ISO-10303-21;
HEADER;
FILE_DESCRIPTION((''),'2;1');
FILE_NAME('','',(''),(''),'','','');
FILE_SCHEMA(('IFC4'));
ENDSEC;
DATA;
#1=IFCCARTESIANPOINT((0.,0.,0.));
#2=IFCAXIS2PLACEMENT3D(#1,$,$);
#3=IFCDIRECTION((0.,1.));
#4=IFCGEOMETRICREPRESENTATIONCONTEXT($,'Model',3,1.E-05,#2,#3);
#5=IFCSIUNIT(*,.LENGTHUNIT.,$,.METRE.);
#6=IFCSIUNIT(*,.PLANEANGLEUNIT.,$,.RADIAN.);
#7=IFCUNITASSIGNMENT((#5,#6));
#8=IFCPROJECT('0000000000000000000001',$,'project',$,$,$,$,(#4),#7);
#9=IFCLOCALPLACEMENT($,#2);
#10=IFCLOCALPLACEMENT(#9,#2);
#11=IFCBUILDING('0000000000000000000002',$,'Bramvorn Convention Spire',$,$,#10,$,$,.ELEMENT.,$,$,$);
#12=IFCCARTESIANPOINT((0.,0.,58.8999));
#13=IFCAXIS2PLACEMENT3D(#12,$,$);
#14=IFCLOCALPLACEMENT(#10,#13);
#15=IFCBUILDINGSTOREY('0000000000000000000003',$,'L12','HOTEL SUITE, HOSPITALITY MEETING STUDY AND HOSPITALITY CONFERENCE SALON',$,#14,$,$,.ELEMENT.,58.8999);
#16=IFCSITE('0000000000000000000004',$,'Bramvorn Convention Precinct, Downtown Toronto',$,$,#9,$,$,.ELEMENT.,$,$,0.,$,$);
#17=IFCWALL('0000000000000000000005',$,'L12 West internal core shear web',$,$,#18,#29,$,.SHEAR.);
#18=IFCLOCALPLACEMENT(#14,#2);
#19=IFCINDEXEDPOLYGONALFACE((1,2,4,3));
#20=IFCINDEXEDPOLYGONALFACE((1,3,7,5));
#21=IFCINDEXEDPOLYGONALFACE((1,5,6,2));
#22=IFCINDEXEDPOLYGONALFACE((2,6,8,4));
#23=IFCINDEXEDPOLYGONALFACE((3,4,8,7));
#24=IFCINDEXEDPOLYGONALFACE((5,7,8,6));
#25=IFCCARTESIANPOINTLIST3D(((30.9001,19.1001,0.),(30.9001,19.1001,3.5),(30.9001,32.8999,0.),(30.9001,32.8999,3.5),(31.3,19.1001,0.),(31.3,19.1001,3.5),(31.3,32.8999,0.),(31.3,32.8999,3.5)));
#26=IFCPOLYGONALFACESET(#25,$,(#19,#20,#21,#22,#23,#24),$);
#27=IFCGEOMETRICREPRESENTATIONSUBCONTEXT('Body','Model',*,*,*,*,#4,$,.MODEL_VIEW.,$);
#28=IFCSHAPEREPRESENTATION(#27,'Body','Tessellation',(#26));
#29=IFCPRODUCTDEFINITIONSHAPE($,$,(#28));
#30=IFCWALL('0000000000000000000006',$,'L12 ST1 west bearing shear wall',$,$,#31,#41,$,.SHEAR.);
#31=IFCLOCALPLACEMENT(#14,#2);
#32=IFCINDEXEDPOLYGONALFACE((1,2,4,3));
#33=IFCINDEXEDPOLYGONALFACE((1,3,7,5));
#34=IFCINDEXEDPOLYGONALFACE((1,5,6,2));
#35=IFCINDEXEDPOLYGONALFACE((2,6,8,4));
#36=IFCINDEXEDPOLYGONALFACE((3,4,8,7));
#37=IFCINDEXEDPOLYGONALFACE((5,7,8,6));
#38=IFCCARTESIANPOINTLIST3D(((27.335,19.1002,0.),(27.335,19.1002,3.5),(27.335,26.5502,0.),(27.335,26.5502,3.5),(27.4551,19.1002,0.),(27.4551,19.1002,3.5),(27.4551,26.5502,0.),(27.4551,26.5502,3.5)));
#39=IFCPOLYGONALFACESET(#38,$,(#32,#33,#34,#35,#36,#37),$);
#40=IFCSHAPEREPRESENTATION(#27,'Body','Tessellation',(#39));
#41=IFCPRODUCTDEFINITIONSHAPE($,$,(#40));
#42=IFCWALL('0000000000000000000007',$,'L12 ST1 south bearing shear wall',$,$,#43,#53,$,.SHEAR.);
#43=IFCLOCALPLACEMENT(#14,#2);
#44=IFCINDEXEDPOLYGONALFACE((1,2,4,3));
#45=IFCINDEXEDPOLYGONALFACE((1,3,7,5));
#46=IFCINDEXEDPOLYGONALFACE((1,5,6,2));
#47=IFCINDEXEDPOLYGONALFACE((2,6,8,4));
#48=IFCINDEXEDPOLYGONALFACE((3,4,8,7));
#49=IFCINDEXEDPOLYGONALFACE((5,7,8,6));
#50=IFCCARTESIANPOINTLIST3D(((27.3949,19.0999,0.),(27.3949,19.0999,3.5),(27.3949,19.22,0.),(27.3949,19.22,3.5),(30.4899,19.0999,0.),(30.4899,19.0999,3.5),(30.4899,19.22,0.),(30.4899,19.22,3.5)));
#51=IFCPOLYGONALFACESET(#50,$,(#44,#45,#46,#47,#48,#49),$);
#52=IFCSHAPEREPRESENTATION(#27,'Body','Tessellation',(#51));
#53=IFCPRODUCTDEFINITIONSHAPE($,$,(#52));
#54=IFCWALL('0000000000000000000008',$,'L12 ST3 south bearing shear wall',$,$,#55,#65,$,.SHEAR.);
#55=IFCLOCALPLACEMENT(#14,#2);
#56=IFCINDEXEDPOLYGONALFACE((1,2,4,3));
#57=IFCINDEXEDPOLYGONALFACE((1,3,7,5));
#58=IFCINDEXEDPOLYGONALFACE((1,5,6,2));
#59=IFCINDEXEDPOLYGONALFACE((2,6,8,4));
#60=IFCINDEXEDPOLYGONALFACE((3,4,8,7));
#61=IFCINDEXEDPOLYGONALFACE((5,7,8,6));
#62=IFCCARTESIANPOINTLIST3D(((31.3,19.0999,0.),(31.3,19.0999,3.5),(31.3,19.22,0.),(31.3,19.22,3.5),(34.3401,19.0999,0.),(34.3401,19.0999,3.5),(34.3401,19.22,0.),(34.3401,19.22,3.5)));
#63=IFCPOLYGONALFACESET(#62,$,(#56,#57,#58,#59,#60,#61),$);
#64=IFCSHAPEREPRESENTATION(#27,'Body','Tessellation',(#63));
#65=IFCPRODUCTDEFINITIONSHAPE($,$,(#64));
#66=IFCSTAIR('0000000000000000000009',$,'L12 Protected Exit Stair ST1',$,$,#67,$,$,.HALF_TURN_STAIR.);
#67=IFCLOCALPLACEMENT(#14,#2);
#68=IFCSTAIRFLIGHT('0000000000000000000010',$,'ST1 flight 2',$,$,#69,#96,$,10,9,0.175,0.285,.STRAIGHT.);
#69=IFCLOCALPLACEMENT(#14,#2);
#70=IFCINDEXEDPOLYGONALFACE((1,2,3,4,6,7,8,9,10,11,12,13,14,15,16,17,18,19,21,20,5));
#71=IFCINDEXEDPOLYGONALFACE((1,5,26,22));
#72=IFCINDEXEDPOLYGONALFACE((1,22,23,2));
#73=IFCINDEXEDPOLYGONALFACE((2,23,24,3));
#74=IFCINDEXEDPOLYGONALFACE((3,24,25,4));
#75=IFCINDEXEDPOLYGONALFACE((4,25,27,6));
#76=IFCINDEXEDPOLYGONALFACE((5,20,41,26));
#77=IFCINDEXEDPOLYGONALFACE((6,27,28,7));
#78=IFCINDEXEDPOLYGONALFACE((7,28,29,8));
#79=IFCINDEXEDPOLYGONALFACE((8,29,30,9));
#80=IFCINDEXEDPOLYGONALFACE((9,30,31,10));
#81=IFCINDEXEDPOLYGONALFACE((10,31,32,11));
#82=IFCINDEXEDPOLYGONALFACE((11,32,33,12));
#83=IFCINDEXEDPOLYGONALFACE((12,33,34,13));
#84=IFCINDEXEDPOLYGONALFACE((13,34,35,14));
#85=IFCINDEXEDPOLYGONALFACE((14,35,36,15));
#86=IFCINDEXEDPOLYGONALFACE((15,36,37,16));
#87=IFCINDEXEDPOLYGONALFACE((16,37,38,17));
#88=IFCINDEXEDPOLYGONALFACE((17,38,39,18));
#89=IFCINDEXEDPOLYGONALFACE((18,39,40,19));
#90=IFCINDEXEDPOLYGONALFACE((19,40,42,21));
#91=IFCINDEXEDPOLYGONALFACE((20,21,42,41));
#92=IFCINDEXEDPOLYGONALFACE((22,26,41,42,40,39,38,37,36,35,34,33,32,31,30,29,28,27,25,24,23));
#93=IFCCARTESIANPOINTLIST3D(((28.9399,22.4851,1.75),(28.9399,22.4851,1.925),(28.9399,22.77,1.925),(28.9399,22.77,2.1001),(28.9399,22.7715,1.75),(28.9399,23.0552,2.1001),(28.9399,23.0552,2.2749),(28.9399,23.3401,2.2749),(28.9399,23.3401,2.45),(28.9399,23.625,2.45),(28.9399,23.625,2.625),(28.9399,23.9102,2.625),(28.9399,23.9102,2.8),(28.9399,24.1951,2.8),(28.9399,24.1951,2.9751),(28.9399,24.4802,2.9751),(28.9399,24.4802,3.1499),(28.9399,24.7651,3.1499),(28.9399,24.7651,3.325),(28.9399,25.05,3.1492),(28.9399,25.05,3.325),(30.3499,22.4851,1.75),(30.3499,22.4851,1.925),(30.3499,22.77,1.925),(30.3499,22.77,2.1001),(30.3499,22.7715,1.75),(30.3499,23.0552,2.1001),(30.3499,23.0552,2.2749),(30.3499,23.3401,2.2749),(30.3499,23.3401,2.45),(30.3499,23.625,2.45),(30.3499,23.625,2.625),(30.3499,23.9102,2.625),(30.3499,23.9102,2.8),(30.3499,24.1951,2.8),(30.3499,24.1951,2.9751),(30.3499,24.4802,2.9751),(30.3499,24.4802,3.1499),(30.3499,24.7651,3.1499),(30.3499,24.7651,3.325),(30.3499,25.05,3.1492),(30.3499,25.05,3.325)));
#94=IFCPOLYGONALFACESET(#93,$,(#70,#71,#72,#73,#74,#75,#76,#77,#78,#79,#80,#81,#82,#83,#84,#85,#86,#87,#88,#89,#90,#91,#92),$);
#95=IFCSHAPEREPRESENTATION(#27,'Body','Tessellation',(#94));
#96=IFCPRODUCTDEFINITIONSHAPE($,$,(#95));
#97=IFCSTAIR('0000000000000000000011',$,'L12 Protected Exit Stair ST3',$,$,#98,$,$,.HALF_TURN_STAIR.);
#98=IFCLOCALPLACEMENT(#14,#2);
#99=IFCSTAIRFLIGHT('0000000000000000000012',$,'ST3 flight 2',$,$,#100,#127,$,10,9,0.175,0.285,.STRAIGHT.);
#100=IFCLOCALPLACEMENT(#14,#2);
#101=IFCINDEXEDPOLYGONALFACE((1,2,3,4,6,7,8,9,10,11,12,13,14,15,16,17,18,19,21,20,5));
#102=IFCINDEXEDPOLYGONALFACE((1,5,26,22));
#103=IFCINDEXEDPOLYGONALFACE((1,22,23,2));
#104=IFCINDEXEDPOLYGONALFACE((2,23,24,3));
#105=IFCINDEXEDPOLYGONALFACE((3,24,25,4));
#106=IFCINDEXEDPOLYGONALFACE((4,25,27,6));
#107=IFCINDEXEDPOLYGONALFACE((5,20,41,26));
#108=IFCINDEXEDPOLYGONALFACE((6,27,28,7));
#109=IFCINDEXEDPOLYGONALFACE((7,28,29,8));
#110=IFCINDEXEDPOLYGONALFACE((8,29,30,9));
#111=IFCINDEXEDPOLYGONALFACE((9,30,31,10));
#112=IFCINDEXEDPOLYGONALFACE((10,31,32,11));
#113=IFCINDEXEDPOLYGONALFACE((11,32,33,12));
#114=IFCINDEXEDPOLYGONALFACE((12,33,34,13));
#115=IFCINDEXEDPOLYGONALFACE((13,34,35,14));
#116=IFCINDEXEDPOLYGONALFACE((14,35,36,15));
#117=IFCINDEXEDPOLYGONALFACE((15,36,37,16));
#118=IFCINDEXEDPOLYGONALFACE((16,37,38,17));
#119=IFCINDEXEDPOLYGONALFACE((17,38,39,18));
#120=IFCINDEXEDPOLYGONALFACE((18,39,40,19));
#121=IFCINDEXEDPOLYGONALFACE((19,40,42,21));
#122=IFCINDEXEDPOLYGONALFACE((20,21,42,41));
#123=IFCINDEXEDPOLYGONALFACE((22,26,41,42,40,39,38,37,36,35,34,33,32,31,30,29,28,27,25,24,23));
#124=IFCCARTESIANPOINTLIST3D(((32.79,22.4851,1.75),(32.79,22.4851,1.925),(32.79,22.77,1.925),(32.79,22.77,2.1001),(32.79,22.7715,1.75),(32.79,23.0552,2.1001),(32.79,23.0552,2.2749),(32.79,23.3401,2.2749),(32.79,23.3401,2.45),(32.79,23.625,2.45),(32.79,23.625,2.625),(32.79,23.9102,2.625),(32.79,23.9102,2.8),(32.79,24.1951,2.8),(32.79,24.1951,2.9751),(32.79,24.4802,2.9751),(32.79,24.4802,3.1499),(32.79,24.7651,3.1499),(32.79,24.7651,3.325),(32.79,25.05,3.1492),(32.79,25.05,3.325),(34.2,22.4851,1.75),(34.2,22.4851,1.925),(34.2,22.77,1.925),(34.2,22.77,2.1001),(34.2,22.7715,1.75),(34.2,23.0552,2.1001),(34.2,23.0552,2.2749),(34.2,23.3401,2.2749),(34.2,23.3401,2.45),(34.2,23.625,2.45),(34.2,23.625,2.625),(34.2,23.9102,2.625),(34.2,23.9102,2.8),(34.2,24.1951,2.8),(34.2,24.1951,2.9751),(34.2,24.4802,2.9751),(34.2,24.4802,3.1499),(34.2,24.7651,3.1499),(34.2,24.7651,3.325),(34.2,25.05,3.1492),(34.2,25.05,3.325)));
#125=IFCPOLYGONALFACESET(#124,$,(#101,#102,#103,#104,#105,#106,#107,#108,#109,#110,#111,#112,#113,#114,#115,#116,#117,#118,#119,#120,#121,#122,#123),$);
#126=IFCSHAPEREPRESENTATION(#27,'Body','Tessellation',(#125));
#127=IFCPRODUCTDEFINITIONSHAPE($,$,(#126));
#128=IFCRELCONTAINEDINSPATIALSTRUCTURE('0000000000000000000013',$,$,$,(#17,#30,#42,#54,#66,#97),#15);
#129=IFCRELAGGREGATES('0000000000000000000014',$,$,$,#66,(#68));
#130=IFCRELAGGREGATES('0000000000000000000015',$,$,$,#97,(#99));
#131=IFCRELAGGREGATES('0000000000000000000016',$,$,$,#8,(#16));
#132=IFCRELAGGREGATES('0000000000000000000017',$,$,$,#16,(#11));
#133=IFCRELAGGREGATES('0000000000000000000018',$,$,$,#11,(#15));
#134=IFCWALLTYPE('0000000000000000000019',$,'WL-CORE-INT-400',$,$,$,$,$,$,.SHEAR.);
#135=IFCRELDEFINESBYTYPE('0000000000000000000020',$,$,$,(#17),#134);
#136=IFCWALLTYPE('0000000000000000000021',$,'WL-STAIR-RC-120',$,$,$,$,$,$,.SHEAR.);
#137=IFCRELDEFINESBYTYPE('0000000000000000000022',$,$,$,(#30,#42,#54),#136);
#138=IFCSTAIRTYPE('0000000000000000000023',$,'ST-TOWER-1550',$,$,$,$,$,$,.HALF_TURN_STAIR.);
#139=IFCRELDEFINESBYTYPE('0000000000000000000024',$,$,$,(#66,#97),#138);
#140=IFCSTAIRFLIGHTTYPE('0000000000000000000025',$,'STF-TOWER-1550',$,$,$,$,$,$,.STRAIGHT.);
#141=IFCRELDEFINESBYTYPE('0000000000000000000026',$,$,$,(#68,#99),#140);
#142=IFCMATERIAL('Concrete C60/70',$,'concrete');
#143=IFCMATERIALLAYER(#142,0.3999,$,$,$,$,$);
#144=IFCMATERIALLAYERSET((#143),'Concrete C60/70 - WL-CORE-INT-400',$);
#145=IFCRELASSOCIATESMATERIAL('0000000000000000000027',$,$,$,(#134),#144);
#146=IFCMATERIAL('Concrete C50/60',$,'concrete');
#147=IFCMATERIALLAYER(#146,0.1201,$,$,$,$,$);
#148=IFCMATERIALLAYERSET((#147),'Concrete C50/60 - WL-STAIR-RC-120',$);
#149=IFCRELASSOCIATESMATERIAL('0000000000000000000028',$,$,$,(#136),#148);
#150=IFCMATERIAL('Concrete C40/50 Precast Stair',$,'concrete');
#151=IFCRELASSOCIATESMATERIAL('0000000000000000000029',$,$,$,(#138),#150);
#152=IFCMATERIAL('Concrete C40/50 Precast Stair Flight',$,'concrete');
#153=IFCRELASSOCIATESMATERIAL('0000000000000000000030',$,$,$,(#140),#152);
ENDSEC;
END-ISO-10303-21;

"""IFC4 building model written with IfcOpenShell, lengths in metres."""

from ifc_helpers import new_model, si_unit, direction, frame, frame_2d, origin, place, context, subcontext, project, spatial, polyline, rectangle, outline, extrude, material, layer, layer_set, type_object, element, aggregate, save


model = new_model("IFC4")

# Units and contexts
model_context = context("Model", 3, precision=1e-05, world=origin(), true_north=direction((0.0, 1.0)))
body_context = subcontext(model_context, "Body", "Model", "MODEL_VIEW")
ifc_project = project(units=[si_unit("LENGTHUNIT", "METRE"), si_unit("PLANEANGLEUNIT", "RADIAN")], contexts=[model_context])

# Site, building, storey
site_placement = place(None, origin())
site = spatial("IfcSite", under=ifc_project, at=site_placement, Name="Bramvorn Convention Precinct, Downtown Toronto", CompositionType="ELEMENT", RefElevation=0.0)
building_placement = place(site_placement, origin())
building = spatial("IfcBuilding", under=site, at=building_placement, Name="Bramvorn Convention Spire", CompositionType="ELEMENT")
storey_placement = place(building_placement, frame((0.0, 0.0, 58.8999)))
storey = spatial("IfcBuildingStorey", under=building, at=storey_placement, Name="L12", Description="HOTEL SUITE, HOSPITALITY MEETING STUDY AND HOSPITALITY CONFERENCE SALON", CompositionType="ELEMENT", Elevation=58.8999)

# Shared definitions
ifc_material_1 = material(Name="Concrete C60/70", Category="concrete")

# Walls
ifc_layer_1 = layer(ifc_material_1, 0.3999)
ifc_layer_set_1 = layer_set([ifc_layer_1], Name="Concrete C60/70 - WL-CORE-INT-400")
wall_type_1 = type_object("IfcWallType", Name="WL-CORE-INT-400", PredefinedType="SHEAR", material=ifc_layer_set_1)
wall_1_placement = place(storey_placement, frame((31.1001, 19.1001, 0.0), z_axis=(0.0, 0.0, 1.0), x_axis=(0.0, 1.0, 0.0)))
element("IfcWall", 1, at=wall_1_placement, inside=storey, type_object=wall_type_1, Name="L12 West internal core shear web", PredefinedType="SHEAR", context=body_context, shape_type="SweptSolid", body=[
    extrude(rectangle(XDim=13.7998, YDim=0.3999, at=frame_2d((6.8999, 0.0))), origin(), (0.0, 0.0, 1.0), 3.5),
])
ifc_material_2 = material(Name="Concrete C50/60", Category="concrete")
ifc_layer_2 = layer(ifc_material_2, 0.1201)
ifc_layer_set_2 = layer_set([ifc_layer_2], Name="Concrete C50/60 - WL-STAIR-RC-120")
wall_type_2 = type_object("IfcWallType", Name="WL-STAIR-RC-120", PredefinedType="SHEAR", material=ifc_layer_set_2)
wall_2_placement = place(storey_placement, frame((27.395, 19.1001, 0.0), z_axis=(0.0, 0.0, 1.0), x_axis=(0.0, 1.0, 0.0)))
element("IfcWall", 2, at=wall_2_placement, inside=storey, type_object=wall_type_2, Name="L12 ST1 west bearing shear wall", PredefinedType="SHEAR", context=body_context, shape_type="SweptSolid", body=[
    extrude(rectangle(XDim=7.45, YDim=0.1201, at=frame_2d((3.7251, 0.0))), origin(), (0.0, 0.0, 1.0), 3.5),
])
wall_3_placement = place(storey_placement, frame((27.395, 19.1599, 0.0), z_axis=(0.0, 0.0, 1.0), x_axis=(1.0, 0.0, 0.0)))
element("IfcWall", 3, at=wall_3_placement, inside=storey, type_object=wall_type_2, Name="L12 ST1 south bearing shear wall", PredefinedType="SHEAR", context=body_context, shape_type="SweptSolid", body=[
    extrude(rectangle(XDim=3.095, YDim=0.1201, at=frame_2d((1.5474, 0.0))), origin(), (0.0, 0.0, 1.0), 3.5),
])
wall_4_placement = place(storey_placement, frame((31.3, 19.1599, 0.0), z_axis=(0.0, 0.0, 1.0), x_axis=(1.0, 0.0, 0.0)))
element("IfcWall", 4, at=wall_4_placement, inside=storey, type_object=wall_type_2, Name="L12 ST3 south bearing shear wall", PredefinedType="SHEAR", context=body_context, shape_type="SweptSolid", body=[
    extrude(rectangle(XDim=3.04, YDim=0.1201, at=frame_2d((1.52, 0.0))), origin(), (0.0, 0.0, 1.0), 3.5),
])

# Stairs, stair flights
ifc_material_3 = material(Name="Concrete C40/50 Precast Stair", Category="concrete")
stair_type = type_object("IfcStairType", Name="ST-TOWER-1550", PredefinedType="HALF_TURN_STAIR", material=ifc_material_3)
stair_1_placement = place(storey_placement, origin())
stair_1 = element("IfcStair", 5, at=stair_1_placement, inside=storey, type_object=stair_type, Name="L12 Protected Exit Stair ST1", PredefinedType="HALF_TURN_STAIR")
ifc_material_4 = material(Name="Concrete C40/50 Precast Stair Flight", Category="concrete")
stair_flight_type = type_object("IfcStairFlightType", Name="STF-TOWER-1550", PredefinedType="STRAIGHT", material=ifc_material_4)
stair_flight_1_placement = place(storey_placement, frame((29.645, 22.4851, 1.75), z_axis=(0.0, 0.0, 1.0), x_axis=(0.0, 1.0, 0.0)))
stair_flight_1 = element("IfcStairFlight", 6, at=stair_flight_1_placement, type_object=stair_flight_type, Name="ST1 flight 2", NumberOfRisers=10, NumberOfTreads=9, PredefinedType="STRAIGHT", RiserHeight=0.175, TreadLength=0.285, context=body_context, shape_type="SweptSolid", body=[
    extrude(outline(polyline([(0.0, 0.0), (0.0, 0.175), (0.2849, 0.175), (0.2849, 0.3501), (0.5701, 0.3501), (0.5701, 0.5249), (0.855, 0.5249), (0.855, 0.7), (1.1399, 0.7), (1.1399, 0.875), (1.425, 0.875), (1.425, 1.05), (1.71, 1.05), (1.71, 1.2251), (1.9951, 1.2251), (1.9951, 1.3999), (2.28, 1.3999), (2.28, 1.575), (2.5649, 1.575), (2.5649, 1.75), (2.5649, 1.3992), (0.2864, 0.0), (0.0, 0.0)])), frame((0.0, 0.7051, 0.0), z_axis=(0.0, -1.0, 0.0), x_axis=(1.0, 0.0, 0.0)), (0.0, 0.0, 1.0), 1.4099),
])
aggregate(stair_1, [stair_flight_1])
stair_2_placement = place(storey_placement, origin())
stair_2 = element("IfcStair", 7, at=stair_2_placement, inside=storey, type_object=stair_type, Name="L12 Protected Exit Stair ST3", PredefinedType="HALF_TURN_STAIR")
stair_flight_2_placement = place(storey_placement, frame((33.4951, 22.4851, 1.75), z_axis=(0.0, 0.0, 1.0), x_axis=(0.0, 1.0, 0.0)))
stair_flight_2 = element("IfcStairFlight", 8, at=stair_flight_2_placement, type_object=stair_flight_type, Name="ST3 flight 2", NumberOfRisers=10, NumberOfTreads=9, PredefinedType="STRAIGHT", RiserHeight=0.175, TreadLength=0.285, context=body_context, shape_type="SweptSolid", body=[
    extrude(outline(polyline([(0.0, 0.0), (0.0, 0.175), (0.2849, 0.175), (0.2849, 0.3501), (0.5701, 0.3501), (0.5701, 0.5249), (0.855, 0.5249), (0.855, 0.7), (1.1399, 0.7), (1.1399, 0.875), (1.425, 0.875), (1.425, 1.05), (1.71, 1.05), (1.71, 1.2251), (1.9951, 1.2251), (1.9951, 1.3999), (2.28, 1.3999), (2.28, 1.575), (2.5649, 1.575), (2.5649, 1.75), (2.5649, 1.3992), (0.2864, 0.0), (0.0, 0.0)])), frame((0.0, 0.7051, 0.0), z_axis=(0.0, -1.0, 0.0), x_axis=(1.0, 0.0, 0.0)), (0.0, 0.0, 1.0), 1.4099),
])
aggregate(stair_2, [stair_flight_2])

save(model, "model.ifc")
